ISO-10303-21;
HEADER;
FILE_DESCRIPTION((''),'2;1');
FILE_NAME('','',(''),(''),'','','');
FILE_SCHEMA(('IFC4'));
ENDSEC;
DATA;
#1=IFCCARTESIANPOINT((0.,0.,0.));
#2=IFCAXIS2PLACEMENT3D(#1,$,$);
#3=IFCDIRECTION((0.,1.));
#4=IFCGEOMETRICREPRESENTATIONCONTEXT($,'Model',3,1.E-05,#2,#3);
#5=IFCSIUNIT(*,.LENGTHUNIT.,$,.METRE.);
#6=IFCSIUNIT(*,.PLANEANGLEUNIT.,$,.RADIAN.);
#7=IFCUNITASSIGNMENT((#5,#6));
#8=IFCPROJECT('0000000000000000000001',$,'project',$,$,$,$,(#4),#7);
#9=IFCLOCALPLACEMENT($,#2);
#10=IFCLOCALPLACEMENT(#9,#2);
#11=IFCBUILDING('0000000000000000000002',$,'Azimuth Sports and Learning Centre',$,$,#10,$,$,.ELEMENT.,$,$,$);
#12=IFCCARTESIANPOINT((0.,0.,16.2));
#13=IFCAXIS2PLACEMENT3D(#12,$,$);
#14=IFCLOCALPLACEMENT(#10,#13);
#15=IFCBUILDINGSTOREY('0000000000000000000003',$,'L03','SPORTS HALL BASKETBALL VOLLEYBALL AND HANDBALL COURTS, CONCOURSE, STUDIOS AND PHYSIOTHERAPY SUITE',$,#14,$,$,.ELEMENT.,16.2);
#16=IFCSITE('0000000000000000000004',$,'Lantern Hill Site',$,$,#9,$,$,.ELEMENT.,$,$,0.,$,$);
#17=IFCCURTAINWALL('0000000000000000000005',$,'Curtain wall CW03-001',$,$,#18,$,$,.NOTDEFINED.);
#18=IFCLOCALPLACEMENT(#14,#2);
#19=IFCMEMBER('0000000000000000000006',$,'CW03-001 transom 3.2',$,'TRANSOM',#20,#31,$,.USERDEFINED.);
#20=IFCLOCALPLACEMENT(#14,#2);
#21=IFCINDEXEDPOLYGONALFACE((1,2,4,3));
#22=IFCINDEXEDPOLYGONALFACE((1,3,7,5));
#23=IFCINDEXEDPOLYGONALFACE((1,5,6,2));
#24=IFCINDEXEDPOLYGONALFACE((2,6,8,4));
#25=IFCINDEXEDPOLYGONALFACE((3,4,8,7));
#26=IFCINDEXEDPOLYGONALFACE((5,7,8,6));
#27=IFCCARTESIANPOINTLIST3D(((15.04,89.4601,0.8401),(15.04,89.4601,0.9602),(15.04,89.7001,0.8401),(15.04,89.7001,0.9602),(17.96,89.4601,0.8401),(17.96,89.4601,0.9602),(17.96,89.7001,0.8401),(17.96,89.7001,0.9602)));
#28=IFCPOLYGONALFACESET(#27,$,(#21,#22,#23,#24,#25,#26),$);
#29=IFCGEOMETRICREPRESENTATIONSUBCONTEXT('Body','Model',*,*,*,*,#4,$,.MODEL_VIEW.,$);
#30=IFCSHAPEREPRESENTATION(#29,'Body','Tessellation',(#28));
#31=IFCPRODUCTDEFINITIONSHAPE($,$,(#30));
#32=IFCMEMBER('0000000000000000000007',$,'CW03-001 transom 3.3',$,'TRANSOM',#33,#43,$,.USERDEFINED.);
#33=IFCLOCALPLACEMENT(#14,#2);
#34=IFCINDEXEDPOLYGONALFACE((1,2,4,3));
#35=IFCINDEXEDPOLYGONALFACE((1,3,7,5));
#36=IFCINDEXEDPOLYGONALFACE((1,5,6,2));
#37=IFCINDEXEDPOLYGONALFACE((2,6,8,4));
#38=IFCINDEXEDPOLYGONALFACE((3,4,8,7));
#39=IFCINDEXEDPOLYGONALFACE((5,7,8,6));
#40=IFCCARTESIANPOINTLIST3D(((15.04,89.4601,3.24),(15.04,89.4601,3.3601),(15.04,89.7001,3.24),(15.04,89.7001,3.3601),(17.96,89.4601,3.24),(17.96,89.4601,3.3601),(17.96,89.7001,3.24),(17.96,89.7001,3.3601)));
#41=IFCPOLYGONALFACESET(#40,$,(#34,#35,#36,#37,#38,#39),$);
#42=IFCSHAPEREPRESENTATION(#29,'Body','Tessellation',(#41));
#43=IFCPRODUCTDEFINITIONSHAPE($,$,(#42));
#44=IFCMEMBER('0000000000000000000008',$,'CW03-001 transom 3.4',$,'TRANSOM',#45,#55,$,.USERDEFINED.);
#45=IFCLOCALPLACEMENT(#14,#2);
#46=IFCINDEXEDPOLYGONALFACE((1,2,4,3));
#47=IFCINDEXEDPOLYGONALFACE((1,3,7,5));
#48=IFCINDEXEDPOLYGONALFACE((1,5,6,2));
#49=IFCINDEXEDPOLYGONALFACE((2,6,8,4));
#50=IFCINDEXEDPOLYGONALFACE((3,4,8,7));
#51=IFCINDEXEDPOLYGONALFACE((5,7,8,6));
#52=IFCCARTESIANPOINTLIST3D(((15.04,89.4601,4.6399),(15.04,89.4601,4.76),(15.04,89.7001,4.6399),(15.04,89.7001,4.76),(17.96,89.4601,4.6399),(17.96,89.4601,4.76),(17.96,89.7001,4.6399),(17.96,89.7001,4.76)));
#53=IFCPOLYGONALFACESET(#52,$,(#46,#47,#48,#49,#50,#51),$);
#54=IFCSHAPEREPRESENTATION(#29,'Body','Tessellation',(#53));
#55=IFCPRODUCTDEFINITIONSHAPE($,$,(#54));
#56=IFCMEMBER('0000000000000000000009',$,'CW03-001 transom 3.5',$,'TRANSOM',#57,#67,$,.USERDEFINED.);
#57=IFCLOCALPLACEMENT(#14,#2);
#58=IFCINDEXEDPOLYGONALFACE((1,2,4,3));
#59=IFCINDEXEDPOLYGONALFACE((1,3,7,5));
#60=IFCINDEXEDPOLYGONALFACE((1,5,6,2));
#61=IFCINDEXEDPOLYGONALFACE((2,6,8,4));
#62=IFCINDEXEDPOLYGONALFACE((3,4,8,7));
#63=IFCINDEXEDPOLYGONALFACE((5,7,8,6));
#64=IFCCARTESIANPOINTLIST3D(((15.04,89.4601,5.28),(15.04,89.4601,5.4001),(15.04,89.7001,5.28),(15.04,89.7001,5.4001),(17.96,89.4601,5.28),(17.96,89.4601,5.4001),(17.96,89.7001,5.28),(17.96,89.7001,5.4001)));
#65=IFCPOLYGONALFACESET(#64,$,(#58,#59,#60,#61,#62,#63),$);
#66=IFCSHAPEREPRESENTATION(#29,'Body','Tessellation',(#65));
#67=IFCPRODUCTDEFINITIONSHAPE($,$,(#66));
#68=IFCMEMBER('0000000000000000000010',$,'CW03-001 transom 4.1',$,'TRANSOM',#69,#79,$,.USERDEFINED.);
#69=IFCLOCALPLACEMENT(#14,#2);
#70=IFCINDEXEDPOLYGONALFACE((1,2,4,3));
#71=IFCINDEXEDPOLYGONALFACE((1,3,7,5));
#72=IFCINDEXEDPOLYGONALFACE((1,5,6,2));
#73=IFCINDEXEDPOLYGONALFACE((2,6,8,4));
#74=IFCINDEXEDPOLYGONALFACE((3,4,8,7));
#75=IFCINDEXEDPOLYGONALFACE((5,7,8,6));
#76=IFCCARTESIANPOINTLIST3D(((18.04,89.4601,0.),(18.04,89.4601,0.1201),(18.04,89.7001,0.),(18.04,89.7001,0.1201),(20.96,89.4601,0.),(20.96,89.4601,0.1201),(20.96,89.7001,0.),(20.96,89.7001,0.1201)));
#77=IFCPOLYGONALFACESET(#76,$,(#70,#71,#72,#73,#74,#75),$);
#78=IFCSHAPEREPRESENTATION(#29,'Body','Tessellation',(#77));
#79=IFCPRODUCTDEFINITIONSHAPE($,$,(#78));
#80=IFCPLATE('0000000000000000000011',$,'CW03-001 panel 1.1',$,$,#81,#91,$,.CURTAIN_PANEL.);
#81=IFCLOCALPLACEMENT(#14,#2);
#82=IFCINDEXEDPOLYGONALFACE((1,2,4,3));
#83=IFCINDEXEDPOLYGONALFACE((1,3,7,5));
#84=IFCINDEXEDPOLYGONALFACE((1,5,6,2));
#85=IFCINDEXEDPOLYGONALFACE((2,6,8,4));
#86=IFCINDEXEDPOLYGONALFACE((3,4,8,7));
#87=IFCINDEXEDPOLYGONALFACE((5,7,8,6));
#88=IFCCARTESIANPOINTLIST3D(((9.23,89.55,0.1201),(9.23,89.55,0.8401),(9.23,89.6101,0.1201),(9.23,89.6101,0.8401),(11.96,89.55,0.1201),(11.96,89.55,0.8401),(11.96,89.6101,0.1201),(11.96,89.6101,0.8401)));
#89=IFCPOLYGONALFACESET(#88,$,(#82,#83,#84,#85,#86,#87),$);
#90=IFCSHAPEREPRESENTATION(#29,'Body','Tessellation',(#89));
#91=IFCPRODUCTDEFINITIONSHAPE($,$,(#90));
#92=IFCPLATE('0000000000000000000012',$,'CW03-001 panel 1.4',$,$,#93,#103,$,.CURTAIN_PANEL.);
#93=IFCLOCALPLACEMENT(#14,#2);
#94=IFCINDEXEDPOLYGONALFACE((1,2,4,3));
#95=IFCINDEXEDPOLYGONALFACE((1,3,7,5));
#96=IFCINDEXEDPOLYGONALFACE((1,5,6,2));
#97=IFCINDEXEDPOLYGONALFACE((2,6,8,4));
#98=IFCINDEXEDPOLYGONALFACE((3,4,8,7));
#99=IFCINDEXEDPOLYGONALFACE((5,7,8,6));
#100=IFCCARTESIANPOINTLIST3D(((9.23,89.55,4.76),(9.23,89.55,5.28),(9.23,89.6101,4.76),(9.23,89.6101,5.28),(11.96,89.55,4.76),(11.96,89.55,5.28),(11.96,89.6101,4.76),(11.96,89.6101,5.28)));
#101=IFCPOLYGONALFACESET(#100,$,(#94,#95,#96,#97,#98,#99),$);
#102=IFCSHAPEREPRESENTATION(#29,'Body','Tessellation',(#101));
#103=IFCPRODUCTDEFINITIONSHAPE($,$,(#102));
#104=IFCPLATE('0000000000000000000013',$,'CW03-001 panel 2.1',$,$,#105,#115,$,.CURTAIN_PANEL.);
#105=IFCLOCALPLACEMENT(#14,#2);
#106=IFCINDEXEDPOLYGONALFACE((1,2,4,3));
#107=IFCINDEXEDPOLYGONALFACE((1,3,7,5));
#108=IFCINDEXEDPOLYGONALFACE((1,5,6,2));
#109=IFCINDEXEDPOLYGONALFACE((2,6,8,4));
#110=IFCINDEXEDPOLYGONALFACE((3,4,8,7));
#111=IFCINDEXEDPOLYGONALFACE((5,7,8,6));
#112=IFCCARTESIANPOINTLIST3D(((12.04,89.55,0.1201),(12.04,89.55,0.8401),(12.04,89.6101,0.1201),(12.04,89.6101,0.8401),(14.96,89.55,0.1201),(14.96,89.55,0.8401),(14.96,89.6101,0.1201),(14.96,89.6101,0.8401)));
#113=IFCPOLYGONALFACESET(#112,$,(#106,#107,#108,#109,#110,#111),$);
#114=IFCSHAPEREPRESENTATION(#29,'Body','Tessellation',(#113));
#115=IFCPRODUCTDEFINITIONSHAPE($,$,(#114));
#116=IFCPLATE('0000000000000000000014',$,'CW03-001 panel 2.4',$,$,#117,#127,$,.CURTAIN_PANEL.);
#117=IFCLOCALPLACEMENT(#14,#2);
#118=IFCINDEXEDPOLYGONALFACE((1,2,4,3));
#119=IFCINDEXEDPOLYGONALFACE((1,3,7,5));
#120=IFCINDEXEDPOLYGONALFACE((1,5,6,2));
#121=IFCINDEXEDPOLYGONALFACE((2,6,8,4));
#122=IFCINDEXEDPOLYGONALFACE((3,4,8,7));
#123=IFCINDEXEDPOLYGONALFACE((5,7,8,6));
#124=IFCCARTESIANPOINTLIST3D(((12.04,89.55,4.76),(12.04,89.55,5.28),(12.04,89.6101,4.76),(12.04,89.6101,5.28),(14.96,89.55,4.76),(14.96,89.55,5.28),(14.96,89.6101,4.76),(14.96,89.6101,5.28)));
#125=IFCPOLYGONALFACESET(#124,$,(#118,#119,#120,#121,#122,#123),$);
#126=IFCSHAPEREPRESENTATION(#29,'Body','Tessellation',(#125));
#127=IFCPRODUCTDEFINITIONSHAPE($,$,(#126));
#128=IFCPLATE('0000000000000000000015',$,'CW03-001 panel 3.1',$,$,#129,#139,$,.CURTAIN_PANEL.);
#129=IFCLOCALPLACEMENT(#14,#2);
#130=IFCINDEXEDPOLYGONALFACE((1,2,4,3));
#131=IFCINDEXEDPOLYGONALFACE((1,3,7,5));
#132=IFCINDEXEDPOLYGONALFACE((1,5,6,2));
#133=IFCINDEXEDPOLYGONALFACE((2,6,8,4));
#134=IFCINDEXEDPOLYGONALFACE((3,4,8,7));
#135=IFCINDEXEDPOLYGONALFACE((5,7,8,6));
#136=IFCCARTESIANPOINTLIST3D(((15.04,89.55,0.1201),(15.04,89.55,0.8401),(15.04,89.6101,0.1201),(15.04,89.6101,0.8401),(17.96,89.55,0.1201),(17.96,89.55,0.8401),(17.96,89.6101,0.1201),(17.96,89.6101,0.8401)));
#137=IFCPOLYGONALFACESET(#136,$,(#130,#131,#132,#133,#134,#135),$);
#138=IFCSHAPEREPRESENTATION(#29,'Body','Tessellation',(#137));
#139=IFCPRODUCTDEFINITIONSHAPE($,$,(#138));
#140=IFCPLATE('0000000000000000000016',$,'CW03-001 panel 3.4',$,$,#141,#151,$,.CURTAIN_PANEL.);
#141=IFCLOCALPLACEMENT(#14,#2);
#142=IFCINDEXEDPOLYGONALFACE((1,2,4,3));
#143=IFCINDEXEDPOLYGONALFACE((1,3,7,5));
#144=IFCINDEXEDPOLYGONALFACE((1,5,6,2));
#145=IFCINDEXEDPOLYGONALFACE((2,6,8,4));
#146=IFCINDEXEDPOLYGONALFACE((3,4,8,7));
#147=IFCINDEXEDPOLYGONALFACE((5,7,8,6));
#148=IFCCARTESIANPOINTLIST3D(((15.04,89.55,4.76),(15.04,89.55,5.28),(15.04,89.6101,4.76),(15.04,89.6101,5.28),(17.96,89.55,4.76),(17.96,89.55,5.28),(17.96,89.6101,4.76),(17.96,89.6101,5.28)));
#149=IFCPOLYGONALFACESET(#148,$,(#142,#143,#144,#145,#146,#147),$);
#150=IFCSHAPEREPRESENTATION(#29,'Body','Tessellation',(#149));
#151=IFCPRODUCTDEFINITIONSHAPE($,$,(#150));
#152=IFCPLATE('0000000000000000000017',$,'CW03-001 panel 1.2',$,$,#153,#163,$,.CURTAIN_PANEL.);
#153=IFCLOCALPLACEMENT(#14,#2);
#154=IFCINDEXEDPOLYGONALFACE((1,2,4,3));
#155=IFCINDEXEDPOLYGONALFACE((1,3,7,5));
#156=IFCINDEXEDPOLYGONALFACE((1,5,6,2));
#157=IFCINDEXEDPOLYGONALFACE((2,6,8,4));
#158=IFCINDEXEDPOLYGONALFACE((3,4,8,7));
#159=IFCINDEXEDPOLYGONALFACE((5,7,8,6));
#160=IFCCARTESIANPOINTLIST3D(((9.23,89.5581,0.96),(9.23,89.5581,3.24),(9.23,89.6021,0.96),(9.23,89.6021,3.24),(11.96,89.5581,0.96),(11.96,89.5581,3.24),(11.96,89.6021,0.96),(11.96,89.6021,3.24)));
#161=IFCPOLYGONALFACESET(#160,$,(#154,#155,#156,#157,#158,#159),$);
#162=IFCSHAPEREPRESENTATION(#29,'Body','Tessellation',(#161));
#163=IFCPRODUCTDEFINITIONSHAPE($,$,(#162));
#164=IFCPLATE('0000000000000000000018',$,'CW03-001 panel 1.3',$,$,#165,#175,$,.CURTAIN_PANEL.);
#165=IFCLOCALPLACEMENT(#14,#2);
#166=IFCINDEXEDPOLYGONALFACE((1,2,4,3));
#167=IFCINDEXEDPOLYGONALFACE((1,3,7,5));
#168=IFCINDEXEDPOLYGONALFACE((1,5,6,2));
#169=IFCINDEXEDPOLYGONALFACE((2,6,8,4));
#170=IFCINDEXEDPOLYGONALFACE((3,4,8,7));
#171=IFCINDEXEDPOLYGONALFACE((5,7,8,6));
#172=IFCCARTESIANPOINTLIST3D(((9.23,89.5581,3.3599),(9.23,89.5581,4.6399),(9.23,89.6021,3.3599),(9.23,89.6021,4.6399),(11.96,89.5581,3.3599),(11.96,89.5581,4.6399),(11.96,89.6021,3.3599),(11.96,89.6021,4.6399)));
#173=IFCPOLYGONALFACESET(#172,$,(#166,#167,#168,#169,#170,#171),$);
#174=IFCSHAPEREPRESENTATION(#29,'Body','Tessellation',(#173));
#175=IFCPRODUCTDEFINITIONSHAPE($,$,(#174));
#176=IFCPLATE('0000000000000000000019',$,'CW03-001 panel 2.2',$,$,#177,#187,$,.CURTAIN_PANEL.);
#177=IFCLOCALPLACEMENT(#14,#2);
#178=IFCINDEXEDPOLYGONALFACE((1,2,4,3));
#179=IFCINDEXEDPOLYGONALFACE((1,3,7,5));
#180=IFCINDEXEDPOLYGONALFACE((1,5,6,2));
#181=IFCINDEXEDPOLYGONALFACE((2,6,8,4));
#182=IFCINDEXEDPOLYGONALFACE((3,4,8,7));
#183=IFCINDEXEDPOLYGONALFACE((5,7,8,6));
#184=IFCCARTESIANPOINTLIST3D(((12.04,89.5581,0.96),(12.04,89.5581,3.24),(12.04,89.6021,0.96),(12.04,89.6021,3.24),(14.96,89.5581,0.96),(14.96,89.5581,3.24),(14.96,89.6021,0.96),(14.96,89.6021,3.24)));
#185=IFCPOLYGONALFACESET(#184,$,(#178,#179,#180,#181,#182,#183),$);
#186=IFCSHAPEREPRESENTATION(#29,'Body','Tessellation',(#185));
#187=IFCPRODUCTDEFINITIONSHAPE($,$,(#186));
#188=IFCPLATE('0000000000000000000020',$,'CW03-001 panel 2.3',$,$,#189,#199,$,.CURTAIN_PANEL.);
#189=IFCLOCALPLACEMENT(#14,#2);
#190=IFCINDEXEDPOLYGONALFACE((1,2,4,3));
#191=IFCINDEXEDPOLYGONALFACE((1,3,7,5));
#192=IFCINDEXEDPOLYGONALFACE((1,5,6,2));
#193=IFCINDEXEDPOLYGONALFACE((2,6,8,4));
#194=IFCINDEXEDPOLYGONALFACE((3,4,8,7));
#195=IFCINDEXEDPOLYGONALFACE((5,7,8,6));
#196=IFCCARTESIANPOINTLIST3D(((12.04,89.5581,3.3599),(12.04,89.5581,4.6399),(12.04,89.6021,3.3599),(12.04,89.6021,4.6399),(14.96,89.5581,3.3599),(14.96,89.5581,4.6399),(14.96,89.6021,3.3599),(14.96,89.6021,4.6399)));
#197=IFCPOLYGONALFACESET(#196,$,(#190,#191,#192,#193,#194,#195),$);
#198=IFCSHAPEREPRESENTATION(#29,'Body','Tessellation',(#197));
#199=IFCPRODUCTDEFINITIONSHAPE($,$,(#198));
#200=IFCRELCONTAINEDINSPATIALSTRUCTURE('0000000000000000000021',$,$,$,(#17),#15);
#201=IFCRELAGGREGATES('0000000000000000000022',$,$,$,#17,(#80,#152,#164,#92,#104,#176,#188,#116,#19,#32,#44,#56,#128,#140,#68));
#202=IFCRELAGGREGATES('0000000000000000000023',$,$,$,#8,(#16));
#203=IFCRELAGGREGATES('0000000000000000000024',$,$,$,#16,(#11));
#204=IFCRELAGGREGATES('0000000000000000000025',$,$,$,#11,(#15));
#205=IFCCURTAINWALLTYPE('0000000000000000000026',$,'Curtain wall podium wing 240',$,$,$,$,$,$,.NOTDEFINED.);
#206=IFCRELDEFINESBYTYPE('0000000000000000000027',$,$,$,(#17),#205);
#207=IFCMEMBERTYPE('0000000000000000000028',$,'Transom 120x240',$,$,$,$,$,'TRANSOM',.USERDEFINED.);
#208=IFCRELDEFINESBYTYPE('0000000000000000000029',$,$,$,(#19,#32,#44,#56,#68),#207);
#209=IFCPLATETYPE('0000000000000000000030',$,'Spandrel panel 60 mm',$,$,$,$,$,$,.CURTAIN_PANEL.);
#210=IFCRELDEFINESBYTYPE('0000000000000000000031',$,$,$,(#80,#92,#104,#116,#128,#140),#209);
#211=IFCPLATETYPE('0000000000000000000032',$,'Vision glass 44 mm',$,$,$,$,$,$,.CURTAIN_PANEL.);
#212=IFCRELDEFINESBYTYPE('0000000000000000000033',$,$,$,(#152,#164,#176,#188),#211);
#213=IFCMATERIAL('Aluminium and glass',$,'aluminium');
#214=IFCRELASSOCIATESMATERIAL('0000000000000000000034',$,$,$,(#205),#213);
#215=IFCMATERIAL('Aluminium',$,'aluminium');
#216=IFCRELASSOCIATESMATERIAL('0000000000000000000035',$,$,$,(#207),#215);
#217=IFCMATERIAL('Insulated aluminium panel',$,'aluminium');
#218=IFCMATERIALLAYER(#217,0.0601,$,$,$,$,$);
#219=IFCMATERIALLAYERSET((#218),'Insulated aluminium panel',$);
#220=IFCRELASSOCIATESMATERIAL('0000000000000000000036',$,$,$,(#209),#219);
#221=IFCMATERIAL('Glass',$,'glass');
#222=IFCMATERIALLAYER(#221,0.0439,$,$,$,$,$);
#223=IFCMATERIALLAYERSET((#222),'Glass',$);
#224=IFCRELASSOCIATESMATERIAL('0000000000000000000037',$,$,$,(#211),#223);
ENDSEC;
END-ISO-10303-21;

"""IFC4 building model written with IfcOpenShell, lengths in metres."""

from ifc_helpers import new_model, si_unit, direction, frame, origin, origin_2d, place, context, subcontext, project, spatial, rectangle, extrude, material, layer, layer_set, material_profile, profile_set, type_object, element, aggregate, save


model = new_model("IFC4")

# Units and contexts
model_context = context("Model", 3, precision=1e-05, world=origin(), true_north=direction((0.0, 1.0)))
body_context = subcontext(model_context, "Body", "Model", "MODEL_VIEW")
ifc_project = project(units=[si_unit("LENGTHUNIT", "METRE"), si_unit("PLANEANGLEUNIT", "RADIAN")], contexts=[model_context])

# Site, building, storey
site_placement = place(None, origin())
site = spatial("IfcSite", under=ifc_project, at=site_placement, Name="Lantern Hill Site", CompositionType="ELEMENT", RefElevation=0.0)
building_placement = place(site_placement, origin())
building = spatial("IfcBuilding", under=site, at=building_placement, Name="Azimuth Sports and Learning Centre", CompositionType="ELEMENT")
storey_placement = place(building_placement, frame((0.0, 0.0, 16.2)))
storey = spatial("IfcBuildingStorey", under=building, at=storey_placement, Name="L03", Description="SPORTS HALL BASKETBALL VOLLEYBALL AND HANDBALL COURTS, CONCOURSE, STUDIOS AND PHYSIOTHERAPY SUITE", CompositionType="ELEMENT", Elevation=16.2)

# Curtain wall, members, plates
ifc_material_1 = material(Name="Aluminium and glass", Category="aluminium")
curtain_wall_type = type_object("IfcCurtainWallType", Name="Curtain wall podium wing 240", PredefinedType="NOTDEFINED", material=ifc_material_1)
curtain_wall_placement = place(storey_placement, origin())
curtain_wall = element("IfcCurtainWall", 1, at=curtain_wall_placement, inside=storey, type_object=curtain_wall_type, Name="Curtain wall CW03-001", PredefinedType="NOTDEFINED")
ifc_material_2 = material(Name="Aluminium", Category="aluminium")
ifc_material_profile_1 = material_profile(ifc_material_2, rectangle(XDim=0.24, YDim=0.1201, at=origin_2d()), Name="Transom 120x240")
ifc_profile_set_1 = profile_set([ifc_material_profile_1], Name="Aluminium")
member_type_1 = type_object("IfcMemberType", Name="Transom 120x240", ElementType="TRANSOM", PredefinedType="USERDEFINED", material=ifc_profile_set_1)
member_1_placement = place(storey_placement, frame((15.04, 89.5801, 0.9001), z_axis=(1.0, 0.0, 0.0), x_axis=(0.0, 1.0, 0.0)))
member_1 = element("IfcMember", 2, at=member_1_placement, type_object=member_type_1, Name="CW03-001 transom 3.2", ObjectType="TRANSOM", PredefinedType="USERDEFINED", context=body_context, shape_type="SweptSolid", body=[
    extrude(rectangle(XDim=0.24, YDim=0.1201, at=origin_2d()), origin(), (0.0, 0.0, 1.0), 2.9199),
])
member_2_placement = place(storey_placement, frame((15.04, 89.5801, 3.3), z_axis=(1.0, 0.0, 0.0), x_axis=(0.0, 1.0, 0.0)))
member_2 = element("IfcMember", 3, at=member_2_placement, type_object=member_type_1, Name="CW03-001 transom 3.3", ObjectType="TRANSOM", PredefinedType="USERDEFINED", context=body_context, shape_type="SweptSolid", body=[
    extrude(rectangle(XDim=0.24, YDim=0.1201, at=origin_2d()), origin(), (0.0, 0.0, 1.0), 2.9199),
])
member_3_placement = place(storey_placement, frame((15.04, 89.5801, 4.7), z_axis=(1.0, 0.0, 0.0), x_axis=(0.0, 1.0, 0.0)))
member_3 = element("IfcMember", 4, at=member_3_placement, type_object=member_type_1, Name="CW03-001 transom 3.4", ObjectType="TRANSOM", PredefinedType="USERDEFINED", context=body_context, shape_type="SweptSolid", body=[
    extrude(rectangle(XDim=0.24, YDim=0.1201, at=origin_2d()), origin(), (0.0, 0.0, 1.0), 2.9199),
])
member_4_placement = place(storey_placement, frame((15.04, 89.5801, 5.3401), z_axis=(1.0, 0.0, 0.0), x_axis=(0.0, 1.0, 0.0)))
member_4 = element("IfcMember", 5, at=member_4_placement, type_object=member_type_1, Name="CW03-001 transom 3.5", ObjectType="TRANSOM", PredefinedType="USERDEFINED", context=body_context, shape_type="SweptSolid", body=[
    extrude(rectangle(XDim=0.24, YDim=0.1201, at=origin_2d()), origin(), (0.0, 0.0, 1.0), 2.9199),
])
member_5_placement = place(storey_placement, frame((18.04, 89.5801, 0.0601), z_axis=(1.0, 0.0, 0.0), x_axis=(0.0, 1.0, 0.0)))
member_5 = element("IfcMember", 6, at=member_5_placement, type_object=member_type_1, Name="CW03-001 transom 4.1", ObjectType="TRANSOM", PredefinedType="USERDEFINED", context=body_context, shape_type="SweptSolid", body=[
    extrude(rectangle(XDim=0.24, YDim=0.1201, at=origin_2d()), origin(), (0.0, 0.0, 1.0), 2.9199),
])
ifc_material_3 = material(Name="Insulated aluminium panel", Category="aluminium")
ifc_layer_1 = layer(ifc_material_3, 0.0601)
ifc_layer_set_1 = layer_set([ifc_layer_1], Name="Insulated aluminium panel")
plate_type_1 = type_object("IfcPlateType", Name="Spandrel panel 60 mm", PredefinedType="CURTAIN_PANEL", material=ifc_layer_set_1)
plate_1_placement = place(storey_placement, frame((10.595, 89.5801, 0.1201), z_axis=(0.0, 0.0, 1.0), x_axis=(1.0, 0.0, 0.0)))
plate_1 = element("IfcPlate", 7, at=plate_1_placement, type_object=plate_type_1, Name="CW03-001 panel 1.1", PredefinedType="CURTAIN_PANEL", context=body_context, shape_type="SweptSolid", body=[
    extrude(rectangle(XDim=2.73, YDim=0.0601, at=origin_2d()), origin(), (0.0, 0.0, 1.0), 0.72),
])
plate_2_placement = place(storey_placement, frame((10.595, 89.5801, 4.76), z_axis=(0.0, 0.0, 1.0), x_axis=(1.0, 0.0, 0.0)))
plate_2 = element("IfcPlate", 8, at=plate_2_placement, type_object=plate_type_1, Name="CW03-001 panel 1.4", PredefinedType="CURTAIN_PANEL", context=body_context, shape_type="SweptSolid", body=[
    extrude(rectangle(XDim=2.73, YDim=0.0601, at=origin_2d()), origin(), (0.0, 0.0, 1.0), 0.52),
])
plate_3_placement = place(storey_placement, frame((13.5, 89.5801, 0.1201), z_axis=(0.0, 0.0, 1.0), x_axis=(1.0, 0.0, 0.0)))
plate_3 = element("IfcPlate", 9, at=plate_3_placement, type_object=plate_type_1, Name="CW03-001 panel 2.1", PredefinedType="CURTAIN_PANEL", context=body_context, shape_type="SweptSolid", body=[
    extrude(rectangle(XDim=2.9199, YDim=0.0601, at=origin_2d()), origin(), (0.0, 0.0, 1.0), 0.72),
])
plate_4_placement = place(storey_placement, frame((13.5, 89.5801, 4.76), z_axis=(0.0, 0.0, 1.0), x_axis=(1.0, 0.0, 0.0)))
plate_4 = element("IfcPlate", 10, at=plate_4_placement, type_object=plate_type_1, Name="CW03-001 panel 2.4", PredefinedType="CURTAIN_PANEL", context=body_context, shape_type="SweptSolid", body=[
    extrude(rectangle(XDim=2.9199, YDim=0.0601, at=origin_2d()), origin(), (0.0, 0.0, 1.0), 0.52),
])
plate_5_placement = place(storey_placement, frame((16.5, 89.5801, 0.1201), z_axis=(0.0, 0.0, 1.0), x_axis=(1.0, 0.0, 0.0)))
plate_5 = element("IfcPlate", 11, at=plate_5_placement, type_object=plate_type_1, Name="CW03-001 panel 3.1", PredefinedType="CURTAIN_PANEL", context=body_context, shape_type="SweptSolid", body=[
    extrude(rectangle(XDim=2.9199, YDim=0.0601, at=origin_2d()), origin(), (0.0, 0.0, 1.0), 0.72),
])
plate_6_placement = place(storey_placement, frame((16.5, 89.5801, 4.76), z_axis=(0.0, 0.0, 1.0), x_axis=(1.0, 0.0, 0.0)))
plate_6 = element("IfcPlate", 12, at=plate_6_placement, type_object=plate_type_1, Name="CW03-001 panel 3.4", PredefinedType="CURTAIN_PANEL", context=body_context, shape_type="SweptSolid", body=[
    extrude(rectangle(XDim=2.9199, YDim=0.0601, at=origin_2d()), origin(), (0.0, 0.0, 1.0), 0.52),
])
ifc_material_4 = material(Name="Glass", Category="glass")
ifc_layer_2 = layer(ifc_material_4, 0.0439)
ifc_layer_set_2 = layer_set([ifc_layer_2], Name="Glass")
plate_type_2 = type_object("IfcPlateType", Name="Vision glass 44 mm", PredefinedType="CURTAIN_PANEL", material=ifc_layer_set_2)
plate_7_placement = place(storey_placement, frame((10.595, 89.5801, 0.96), z_axis=(0.0, 0.0, 1.0), x_axis=(1.0, 0.0, 0.0)))
plate_7 = element("IfcPlate", 13, at=plate_7_placement, type_object=plate_type_2, Name="CW03-001 panel 1.2", PredefinedType="CURTAIN_PANEL", context=body_context, shape_type="SweptSolid", body=[
    extrude(rectangle(XDim=2.73, YDim=0.0439, at=origin_2d()), origin(), (0.0, 0.0, 1.0), 2.28),
])
plate_8_placement = place(storey_placement, frame((10.595, 89.5801, 3.3599), z_axis=(0.0, 0.0, 1.0), x_axis=(1.0, 0.0, 0.0)))
plate_8 = element("IfcPlate", 14, at=plate_8_placement, type_object=plate_type_2, Name="CW03-001 panel 1.3", PredefinedType="CURTAIN_PANEL", context=body_context, shape_type="SweptSolid", body=[
    extrude(rectangle(XDim=2.73, YDim=0.0439, at=origin_2d()), origin(), (0.0, 0.0, 1.0), 1.28),
])
plate_9_placement = place(storey_placement, frame((13.5, 89.5801, 0.96), z_axis=(0.0, 0.0, 1.0), x_axis=(1.0, 0.0, 0.0)))
plate_9 = element("IfcPlate", 15, at=plate_9_placement, type_object=plate_type_2, Name="CW03-001 panel 2.2", PredefinedType="CURTAIN_PANEL", context=body_context, shape_type="SweptSolid", body=[
    extrude(rectangle(XDim=2.9199, YDim=0.0439, at=origin_2d()), origin(), (0.0, 0.0, 1.0), 2.28),
])
plate_10_placement = place(storey_placement, frame((13.5, 89.5801, 3.3599), z_axis=(0.0, 0.0, 1.0), x_axis=(1.0, 0.0, 0.0)))
plate_10 = element("IfcPlate", 16, at=plate_10_placement, type_object=plate_type_2, Name="CW03-001 panel 2.3", PredefinedType="CURTAIN_PANEL", context=body_context, shape_type="SweptSolid", body=[
    extrude(rectangle(XDim=2.9199, YDim=0.0439, at=origin_2d()), origin(), (0.0, 0.0, 1.0), 1.28),
])
aggregate(curtain_wall, [plate_1, plate_7, plate_8, plate_2, plate_3, plate_9, plate_10, plate_4, member_1, member_2, member_3, member_4, plate_5, plate_6, member_5])

save(model, "model.ifc")
